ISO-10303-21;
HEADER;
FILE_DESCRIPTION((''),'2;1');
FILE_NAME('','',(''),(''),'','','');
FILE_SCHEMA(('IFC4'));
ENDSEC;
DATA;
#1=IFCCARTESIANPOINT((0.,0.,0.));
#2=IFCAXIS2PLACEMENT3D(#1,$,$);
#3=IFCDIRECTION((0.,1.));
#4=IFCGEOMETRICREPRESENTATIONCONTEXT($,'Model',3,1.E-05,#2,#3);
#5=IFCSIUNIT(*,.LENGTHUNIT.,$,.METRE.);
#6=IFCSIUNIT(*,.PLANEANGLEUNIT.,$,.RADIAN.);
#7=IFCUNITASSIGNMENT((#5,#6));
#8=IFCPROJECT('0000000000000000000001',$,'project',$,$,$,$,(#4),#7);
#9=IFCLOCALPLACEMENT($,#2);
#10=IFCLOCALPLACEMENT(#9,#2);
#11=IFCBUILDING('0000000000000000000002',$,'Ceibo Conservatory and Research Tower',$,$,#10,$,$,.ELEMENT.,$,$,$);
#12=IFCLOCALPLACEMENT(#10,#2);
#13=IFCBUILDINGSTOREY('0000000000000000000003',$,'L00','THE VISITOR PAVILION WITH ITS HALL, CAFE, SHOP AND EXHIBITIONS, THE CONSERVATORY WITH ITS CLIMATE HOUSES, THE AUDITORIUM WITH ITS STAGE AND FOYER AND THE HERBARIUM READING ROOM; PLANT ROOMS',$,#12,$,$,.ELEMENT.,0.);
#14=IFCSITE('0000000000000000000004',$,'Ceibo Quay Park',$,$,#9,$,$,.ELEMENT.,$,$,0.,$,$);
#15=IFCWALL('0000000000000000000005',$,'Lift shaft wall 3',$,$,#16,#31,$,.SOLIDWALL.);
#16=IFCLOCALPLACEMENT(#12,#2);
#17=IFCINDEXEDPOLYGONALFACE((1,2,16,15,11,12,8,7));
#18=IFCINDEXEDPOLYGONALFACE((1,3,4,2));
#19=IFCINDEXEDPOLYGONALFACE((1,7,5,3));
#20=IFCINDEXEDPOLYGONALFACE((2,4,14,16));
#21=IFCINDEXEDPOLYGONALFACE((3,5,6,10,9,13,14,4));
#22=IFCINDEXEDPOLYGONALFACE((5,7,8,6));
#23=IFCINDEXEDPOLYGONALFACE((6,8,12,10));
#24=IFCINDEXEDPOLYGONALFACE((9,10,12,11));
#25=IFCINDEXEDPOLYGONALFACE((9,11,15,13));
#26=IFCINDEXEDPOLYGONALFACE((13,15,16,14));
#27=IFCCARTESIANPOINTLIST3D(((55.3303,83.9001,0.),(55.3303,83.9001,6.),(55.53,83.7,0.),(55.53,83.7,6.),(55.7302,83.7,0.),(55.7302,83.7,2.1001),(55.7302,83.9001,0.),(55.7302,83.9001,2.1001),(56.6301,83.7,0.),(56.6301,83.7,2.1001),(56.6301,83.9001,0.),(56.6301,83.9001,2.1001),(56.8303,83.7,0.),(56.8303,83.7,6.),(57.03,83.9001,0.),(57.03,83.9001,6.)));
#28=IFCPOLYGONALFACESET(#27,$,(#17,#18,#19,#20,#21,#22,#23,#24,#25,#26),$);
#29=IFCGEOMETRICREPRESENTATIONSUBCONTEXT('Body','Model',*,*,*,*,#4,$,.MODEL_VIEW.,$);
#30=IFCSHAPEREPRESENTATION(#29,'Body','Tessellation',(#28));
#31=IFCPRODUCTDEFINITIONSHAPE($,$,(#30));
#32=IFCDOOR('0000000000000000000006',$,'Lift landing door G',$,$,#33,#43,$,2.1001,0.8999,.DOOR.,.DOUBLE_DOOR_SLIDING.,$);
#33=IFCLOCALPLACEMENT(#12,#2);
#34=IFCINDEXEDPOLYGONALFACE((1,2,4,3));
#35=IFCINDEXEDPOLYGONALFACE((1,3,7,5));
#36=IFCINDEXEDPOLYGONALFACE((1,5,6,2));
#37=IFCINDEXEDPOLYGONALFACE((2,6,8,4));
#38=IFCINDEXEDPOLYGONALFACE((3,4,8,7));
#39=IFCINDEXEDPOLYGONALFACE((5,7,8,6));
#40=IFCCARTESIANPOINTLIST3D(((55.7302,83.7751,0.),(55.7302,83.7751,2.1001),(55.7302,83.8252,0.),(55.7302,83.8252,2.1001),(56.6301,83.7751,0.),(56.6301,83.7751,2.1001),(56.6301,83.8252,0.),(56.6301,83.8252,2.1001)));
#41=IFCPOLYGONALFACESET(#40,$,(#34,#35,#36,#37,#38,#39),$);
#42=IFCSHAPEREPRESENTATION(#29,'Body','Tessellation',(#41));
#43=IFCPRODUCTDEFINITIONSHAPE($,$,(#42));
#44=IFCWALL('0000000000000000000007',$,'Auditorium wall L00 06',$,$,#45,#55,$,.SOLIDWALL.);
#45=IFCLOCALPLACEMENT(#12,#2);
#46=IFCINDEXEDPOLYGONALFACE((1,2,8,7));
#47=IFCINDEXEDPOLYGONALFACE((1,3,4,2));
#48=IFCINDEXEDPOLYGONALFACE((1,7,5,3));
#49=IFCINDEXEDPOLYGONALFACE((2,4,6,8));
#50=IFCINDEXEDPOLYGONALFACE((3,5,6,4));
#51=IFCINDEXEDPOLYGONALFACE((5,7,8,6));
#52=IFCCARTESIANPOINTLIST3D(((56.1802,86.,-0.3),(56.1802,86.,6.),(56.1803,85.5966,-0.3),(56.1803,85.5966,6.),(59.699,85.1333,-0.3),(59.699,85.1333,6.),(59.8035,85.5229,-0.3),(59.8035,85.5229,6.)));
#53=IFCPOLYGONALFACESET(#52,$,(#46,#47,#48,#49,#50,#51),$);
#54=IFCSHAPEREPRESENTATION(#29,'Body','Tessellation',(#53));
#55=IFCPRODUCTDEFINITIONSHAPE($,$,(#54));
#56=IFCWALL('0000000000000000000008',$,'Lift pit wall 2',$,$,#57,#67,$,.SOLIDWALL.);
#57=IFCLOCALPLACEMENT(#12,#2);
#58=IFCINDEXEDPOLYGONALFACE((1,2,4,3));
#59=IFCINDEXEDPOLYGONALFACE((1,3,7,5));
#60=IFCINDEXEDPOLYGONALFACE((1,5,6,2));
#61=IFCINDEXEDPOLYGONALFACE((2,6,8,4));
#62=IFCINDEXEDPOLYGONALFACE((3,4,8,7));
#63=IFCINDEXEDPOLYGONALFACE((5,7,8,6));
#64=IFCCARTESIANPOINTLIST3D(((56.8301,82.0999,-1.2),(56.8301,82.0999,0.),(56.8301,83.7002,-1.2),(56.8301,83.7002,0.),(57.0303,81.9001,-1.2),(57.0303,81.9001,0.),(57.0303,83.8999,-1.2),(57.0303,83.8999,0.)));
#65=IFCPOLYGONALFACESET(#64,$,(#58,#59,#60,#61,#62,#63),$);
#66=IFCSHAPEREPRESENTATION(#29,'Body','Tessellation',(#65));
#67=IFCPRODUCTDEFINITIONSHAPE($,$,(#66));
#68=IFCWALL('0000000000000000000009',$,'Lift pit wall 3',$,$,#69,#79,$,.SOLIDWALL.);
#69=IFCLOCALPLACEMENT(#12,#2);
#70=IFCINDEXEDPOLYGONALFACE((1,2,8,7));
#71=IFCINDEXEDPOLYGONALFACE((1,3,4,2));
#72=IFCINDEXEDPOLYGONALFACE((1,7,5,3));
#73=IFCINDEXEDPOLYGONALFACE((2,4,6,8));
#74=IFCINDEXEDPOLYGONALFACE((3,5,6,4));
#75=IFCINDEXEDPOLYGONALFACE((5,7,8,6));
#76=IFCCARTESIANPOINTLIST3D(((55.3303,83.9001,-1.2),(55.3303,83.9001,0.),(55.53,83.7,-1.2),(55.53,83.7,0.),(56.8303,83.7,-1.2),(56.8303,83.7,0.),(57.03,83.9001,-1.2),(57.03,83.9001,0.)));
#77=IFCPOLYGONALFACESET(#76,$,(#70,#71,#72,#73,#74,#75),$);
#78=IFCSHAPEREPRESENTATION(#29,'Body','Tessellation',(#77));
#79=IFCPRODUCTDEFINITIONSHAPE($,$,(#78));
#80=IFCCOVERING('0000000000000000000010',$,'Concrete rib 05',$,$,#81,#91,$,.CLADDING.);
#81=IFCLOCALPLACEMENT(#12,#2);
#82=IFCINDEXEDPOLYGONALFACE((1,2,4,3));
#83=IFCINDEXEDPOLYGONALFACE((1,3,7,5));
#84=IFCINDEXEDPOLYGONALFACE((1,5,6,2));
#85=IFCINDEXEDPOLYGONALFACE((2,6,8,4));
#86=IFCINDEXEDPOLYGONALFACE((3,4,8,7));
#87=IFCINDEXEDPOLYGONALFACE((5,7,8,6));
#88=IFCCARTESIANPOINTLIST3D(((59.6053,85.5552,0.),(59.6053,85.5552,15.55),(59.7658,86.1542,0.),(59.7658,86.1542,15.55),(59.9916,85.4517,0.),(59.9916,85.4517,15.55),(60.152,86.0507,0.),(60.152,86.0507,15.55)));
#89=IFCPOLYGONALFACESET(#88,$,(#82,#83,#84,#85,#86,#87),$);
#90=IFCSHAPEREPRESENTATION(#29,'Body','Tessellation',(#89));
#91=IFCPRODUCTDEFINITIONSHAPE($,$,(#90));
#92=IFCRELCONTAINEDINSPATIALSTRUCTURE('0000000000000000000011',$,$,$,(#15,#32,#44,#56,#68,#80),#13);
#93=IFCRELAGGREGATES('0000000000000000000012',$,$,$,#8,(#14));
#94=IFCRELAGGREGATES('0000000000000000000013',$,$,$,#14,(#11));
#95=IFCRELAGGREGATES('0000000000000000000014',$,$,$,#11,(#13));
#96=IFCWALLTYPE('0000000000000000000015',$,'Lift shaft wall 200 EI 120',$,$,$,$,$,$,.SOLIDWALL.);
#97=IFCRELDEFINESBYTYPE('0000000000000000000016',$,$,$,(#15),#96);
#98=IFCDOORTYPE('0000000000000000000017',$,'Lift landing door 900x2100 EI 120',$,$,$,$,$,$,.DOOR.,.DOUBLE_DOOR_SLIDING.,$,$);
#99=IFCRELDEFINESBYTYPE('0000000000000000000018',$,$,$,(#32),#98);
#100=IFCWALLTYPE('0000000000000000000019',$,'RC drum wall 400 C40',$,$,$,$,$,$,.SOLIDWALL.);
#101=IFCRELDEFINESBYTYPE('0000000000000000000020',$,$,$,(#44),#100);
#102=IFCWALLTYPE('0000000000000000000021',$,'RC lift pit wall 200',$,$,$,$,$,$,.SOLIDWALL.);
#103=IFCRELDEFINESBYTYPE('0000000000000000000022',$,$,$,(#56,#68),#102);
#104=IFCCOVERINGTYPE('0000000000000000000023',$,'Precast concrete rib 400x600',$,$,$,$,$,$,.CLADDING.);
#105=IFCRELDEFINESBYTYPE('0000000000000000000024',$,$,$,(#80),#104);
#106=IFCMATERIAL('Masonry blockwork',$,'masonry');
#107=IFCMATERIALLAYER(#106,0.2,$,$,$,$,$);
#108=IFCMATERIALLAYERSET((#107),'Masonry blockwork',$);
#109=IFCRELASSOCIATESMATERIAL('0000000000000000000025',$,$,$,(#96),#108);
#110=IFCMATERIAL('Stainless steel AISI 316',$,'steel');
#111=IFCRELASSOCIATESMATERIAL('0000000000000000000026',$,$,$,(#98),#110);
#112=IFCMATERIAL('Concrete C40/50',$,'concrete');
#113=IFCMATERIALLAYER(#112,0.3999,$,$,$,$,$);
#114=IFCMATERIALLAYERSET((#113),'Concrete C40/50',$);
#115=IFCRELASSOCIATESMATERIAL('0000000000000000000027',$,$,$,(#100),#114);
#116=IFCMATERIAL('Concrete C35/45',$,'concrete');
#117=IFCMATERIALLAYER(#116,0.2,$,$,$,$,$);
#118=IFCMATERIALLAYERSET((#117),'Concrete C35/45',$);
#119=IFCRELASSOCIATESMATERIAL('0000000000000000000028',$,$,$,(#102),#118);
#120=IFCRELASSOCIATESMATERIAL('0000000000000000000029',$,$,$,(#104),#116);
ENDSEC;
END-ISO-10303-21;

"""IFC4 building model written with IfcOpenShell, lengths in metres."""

from ifc_helpers import new_model, si_unit, direction, frame, frame_2d, origin, origin_2d, place, context, subcontext, project, spatial, polyline, rectangle, outline, extrude, material, layer, layer_set, type_object, element, fill, save


model = new_model("IFC4")

# Units and contexts
model_context = context("Model", 3, precision=1e-05, world=origin(), true_north=direction((0.0, 1.0)))
body_context = subcontext(model_context, "Body", "Model", "MODEL_VIEW")
ifc_project = project(units=[si_unit("LENGTHUNIT", "METRE"), si_unit("PLANEANGLEUNIT", "RADIAN")], contexts=[model_context])

# Site, building, storey
site_placement = place(None, origin())
site = spatial("IfcSite", under=ifc_project, at=site_placement, Name="Ceibo Quay Park", CompositionType="ELEMENT", RefElevation=0.0)
building_placement = place(site_placement, origin())
building = spatial("IfcBuilding", under=site, at=building_placement, Name="Ceibo Conservatory and Research Tower", CompositionType="ELEMENT")
storey_placement = place(building_placement, origin())
storey = spatial("IfcBuildingStorey", under=building, at=storey_placement, Name="L00", Description="THE VISITOR PAVILION WITH ITS HALL, CAFE, SHOP AND EXHIBITIONS, THE CONSERVATORY WITH ITS CLIMATE HOUSES, THE AUDITORIUM WITH ITS STAGE AND FOYER AND THE HERBARIUM READING ROOM; PLANT ROOMS", CompositionType="ELEMENT", Elevation=0.0)

# Shared definitions
ifc_material_1 = material(Name="Concrete C35/45", Category="concrete")

# Shared definitions
ifc_material_2 = material(Name="Concrete C40/50", Category="concrete")

# Shared definitions
ifc_material_3 = material(Name="Masonry blockwork", Category="masonry")
ifc_layer_1 = layer(ifc_material_3, 0.2)
ifc_layer_set_1 = layer_set([ifc_layer_1], Name="Masonry blockwork")
wall_type_1 = type_object("IfcWallType", Name="Lift shaft wall 200 EI 120", PredefinedType="SOLIDWALL", material=ifc_layer_set_1)

# Wall, opening, door
wall_1_placement = place(storey_placement, frame((56.9302, 83.8, 0.0), z_axis=(0.0, 0.0, 1.0), x_axis=(-1.0, 0.0, 0.0)))
wall_1 = element("IfcWall", 1, at=wall_1_placement, inside=storey, type_object=wall_type_1, Name="Lift shaft wall 3", PredefinedType="SOLIDWALL", context=body_context, shape_type="SweptSolid", body=[
    extrude(outline(polyline([(-0.0999, -0.1001), (1.5999, -0.1001), (1.4001, 0.1001), (0.0999, 0.1001), (-0.0999, -0.1001)])), origin(), (0.0, 0.0, 1.0), 6.0),
])
opening_placement = place(wall_1_placement, frame((0.3, 0.0, 0.0)))
opening = element("IfcOpeningElement", 2, at=opening_placement, cuts=wall_1, PredefinedType="OPENING", context=body_context, shape_type="SweptSolid", body=[
    extrude(rectangle(XDim=0.8999, YDim=2.1001, at=frame_2d((0.45, 1.05))), frame((0.0, 0.1099, 0.0), z_axis=(0.0, -1.0, 0.0), x_axis=(1.0, 0.0, 0.0)), (0.0, 0.0, 1.0), 0.22),
])
ifc_material_4 = material(Name="Stainless steel AISI 316", Category="steel")
door_type = type_object("IfcDoorType", Name="Lift landing door 900x2100 EI 120", OperationType="DOUBLE_DOOR_SLIDING", PredefinedType="DOOR", material=ifc_material_4)
door_placement = place(opening_placement, origin())
door = element("IfcDoor", 3, at=door_placement, inside=storey, type_object=door_type, Name="Lift landing door G", OperationType="DOUBLE_DOOR_SLIDING", OverallHeight=2.1001, OverallWidth=0.8999, PredefinedType="DOOR", context=body_context, shape_type="SweptSolid", body=[
    extrude(rectangle(XDim=0.8999, YDim=2.1001, at=frame_2d((0.45, 1.05))), frame((0.0, 0.0249, 0.0), z_axis=(0.0, -1.0, 0.0), x_axis=(1.0, 0.0, 0.0)), (0.0, 0.0, 1.0), 0.05),
])
fill(opening, door)

# Walls
ifc_layer_2 = layer(ifc_material_2, 0.3999)
ifc_layer_set_2 = layer_set([ifc_layer_2], Name="Concrete C40/50")
wall_type_2 = type_object("IfcWallType", Name="RC drum wall 400 C40", PredefinedType="SOLIDWALL", material=ifc_layer_set_2)
wall_2_placement = place(storey_placement, frame((59.7512, 85.3281, -0.3), z_axis=(0.0, 0.0, 1.0), x_axis=(-0.991442, 0.130547, 0.0)))
element("IfcWall", 4, at=wall_2_placement, inside=storey, type_object=wall_type_2, Name="Auditorium wall L00 06", PredefinedType="SOLIDWALL", context=body_context, shape_type="SweptSolid", body=[
    extrude(outline(polyline([(-0.0264, -0.2), (3.6282, -0.2), (3.5754, 0.2), (0.0264, 0.2), (-0.0264, -0.2)])), origin(), (0.0, 0.0, 1.0), 6.3),
])
ifc_layer_3 = layer(ifc_material_1, 0.2)
ifc_layer_set_3 = layer_set([ifc_layer_3], Name="Concrete C35/45")
wall_type_3 = type_object("IfcWallType", Name="RC lift pit wall 200", PredefinedType="SOLIDWALL", material=ifc_layer_set_3)
wall_3_placement = place(storey_placement, frame((56.9302, 82.0, -1.2), z_axis=(0.0, 0.0, 1.0), x_axis=(0.0, 1.0, 0.0)))
element("IfcWall", 5, at=wall_3_placement, inside=storey, type_object=wall_type_3, Name="Lift pit wall 2", PredefinedType="SOLIDWALL", context=body_context, shape_type="SweptSolid", body=[
    extrude(outline(polyline([(-0.0999, -0.1001), (1.8999, -0.1001), (1.7002, 0.1001), (0.0999, 0.1001), (-0.0999, -0.1001)])), origin(), (0.0, 0.0, 1.0), 1.2),
])
wall_4_placement = place(storey_placement, frame((56.9302, 83.8, -1.2), z_axis=(0.0, 0.0, 1.0), x_axis=(-1.0, 0.0, 0.0)))
element("IfcWall", 6, at=wall_4_placement, inside=storey, type_object=wall_type_3, Name="Lift pit wall 3", PredefinedType="SOLIDWALL", context=body_context, shape_type="SweptSolid", body=[
    extrude(outline(polyline([(-0.0999, -0.1001), (1.5999, -0.1001), (1.4001, 0.1001), (0.0999, 0.1001), (-0.0999, -0.1001)])), origin(), (0.0, 0.0, 1.0), 1.2),
])

# Covering
covering_type = type_object("IfcCoveringType", Name="Precast concrete rib 400x600", PredefinedType="CLADDING", material=ifc_material_1)
covering_placement = place(storey_placement, frame((59.8787, 85.803, 0.0), z_axis=(0.0, 0.0, 1.0), x_axis=(0.258819, 0.965926, 0.0)))
element("IfcCovering", 7, at=covering_placement, inside=storey, type_object=covering_type, Name="Concrete rib 05", PredefinedType="CLADDING", context=body_context, shape_type="SweptSolid", body=[
    extrude(rectangle(XDim=0.6201, YDim=0.3999, at=origin_2d()), origin(), (0.0, 0.0, 1.0), 15.55),
])

save(model, "model.ifc")
